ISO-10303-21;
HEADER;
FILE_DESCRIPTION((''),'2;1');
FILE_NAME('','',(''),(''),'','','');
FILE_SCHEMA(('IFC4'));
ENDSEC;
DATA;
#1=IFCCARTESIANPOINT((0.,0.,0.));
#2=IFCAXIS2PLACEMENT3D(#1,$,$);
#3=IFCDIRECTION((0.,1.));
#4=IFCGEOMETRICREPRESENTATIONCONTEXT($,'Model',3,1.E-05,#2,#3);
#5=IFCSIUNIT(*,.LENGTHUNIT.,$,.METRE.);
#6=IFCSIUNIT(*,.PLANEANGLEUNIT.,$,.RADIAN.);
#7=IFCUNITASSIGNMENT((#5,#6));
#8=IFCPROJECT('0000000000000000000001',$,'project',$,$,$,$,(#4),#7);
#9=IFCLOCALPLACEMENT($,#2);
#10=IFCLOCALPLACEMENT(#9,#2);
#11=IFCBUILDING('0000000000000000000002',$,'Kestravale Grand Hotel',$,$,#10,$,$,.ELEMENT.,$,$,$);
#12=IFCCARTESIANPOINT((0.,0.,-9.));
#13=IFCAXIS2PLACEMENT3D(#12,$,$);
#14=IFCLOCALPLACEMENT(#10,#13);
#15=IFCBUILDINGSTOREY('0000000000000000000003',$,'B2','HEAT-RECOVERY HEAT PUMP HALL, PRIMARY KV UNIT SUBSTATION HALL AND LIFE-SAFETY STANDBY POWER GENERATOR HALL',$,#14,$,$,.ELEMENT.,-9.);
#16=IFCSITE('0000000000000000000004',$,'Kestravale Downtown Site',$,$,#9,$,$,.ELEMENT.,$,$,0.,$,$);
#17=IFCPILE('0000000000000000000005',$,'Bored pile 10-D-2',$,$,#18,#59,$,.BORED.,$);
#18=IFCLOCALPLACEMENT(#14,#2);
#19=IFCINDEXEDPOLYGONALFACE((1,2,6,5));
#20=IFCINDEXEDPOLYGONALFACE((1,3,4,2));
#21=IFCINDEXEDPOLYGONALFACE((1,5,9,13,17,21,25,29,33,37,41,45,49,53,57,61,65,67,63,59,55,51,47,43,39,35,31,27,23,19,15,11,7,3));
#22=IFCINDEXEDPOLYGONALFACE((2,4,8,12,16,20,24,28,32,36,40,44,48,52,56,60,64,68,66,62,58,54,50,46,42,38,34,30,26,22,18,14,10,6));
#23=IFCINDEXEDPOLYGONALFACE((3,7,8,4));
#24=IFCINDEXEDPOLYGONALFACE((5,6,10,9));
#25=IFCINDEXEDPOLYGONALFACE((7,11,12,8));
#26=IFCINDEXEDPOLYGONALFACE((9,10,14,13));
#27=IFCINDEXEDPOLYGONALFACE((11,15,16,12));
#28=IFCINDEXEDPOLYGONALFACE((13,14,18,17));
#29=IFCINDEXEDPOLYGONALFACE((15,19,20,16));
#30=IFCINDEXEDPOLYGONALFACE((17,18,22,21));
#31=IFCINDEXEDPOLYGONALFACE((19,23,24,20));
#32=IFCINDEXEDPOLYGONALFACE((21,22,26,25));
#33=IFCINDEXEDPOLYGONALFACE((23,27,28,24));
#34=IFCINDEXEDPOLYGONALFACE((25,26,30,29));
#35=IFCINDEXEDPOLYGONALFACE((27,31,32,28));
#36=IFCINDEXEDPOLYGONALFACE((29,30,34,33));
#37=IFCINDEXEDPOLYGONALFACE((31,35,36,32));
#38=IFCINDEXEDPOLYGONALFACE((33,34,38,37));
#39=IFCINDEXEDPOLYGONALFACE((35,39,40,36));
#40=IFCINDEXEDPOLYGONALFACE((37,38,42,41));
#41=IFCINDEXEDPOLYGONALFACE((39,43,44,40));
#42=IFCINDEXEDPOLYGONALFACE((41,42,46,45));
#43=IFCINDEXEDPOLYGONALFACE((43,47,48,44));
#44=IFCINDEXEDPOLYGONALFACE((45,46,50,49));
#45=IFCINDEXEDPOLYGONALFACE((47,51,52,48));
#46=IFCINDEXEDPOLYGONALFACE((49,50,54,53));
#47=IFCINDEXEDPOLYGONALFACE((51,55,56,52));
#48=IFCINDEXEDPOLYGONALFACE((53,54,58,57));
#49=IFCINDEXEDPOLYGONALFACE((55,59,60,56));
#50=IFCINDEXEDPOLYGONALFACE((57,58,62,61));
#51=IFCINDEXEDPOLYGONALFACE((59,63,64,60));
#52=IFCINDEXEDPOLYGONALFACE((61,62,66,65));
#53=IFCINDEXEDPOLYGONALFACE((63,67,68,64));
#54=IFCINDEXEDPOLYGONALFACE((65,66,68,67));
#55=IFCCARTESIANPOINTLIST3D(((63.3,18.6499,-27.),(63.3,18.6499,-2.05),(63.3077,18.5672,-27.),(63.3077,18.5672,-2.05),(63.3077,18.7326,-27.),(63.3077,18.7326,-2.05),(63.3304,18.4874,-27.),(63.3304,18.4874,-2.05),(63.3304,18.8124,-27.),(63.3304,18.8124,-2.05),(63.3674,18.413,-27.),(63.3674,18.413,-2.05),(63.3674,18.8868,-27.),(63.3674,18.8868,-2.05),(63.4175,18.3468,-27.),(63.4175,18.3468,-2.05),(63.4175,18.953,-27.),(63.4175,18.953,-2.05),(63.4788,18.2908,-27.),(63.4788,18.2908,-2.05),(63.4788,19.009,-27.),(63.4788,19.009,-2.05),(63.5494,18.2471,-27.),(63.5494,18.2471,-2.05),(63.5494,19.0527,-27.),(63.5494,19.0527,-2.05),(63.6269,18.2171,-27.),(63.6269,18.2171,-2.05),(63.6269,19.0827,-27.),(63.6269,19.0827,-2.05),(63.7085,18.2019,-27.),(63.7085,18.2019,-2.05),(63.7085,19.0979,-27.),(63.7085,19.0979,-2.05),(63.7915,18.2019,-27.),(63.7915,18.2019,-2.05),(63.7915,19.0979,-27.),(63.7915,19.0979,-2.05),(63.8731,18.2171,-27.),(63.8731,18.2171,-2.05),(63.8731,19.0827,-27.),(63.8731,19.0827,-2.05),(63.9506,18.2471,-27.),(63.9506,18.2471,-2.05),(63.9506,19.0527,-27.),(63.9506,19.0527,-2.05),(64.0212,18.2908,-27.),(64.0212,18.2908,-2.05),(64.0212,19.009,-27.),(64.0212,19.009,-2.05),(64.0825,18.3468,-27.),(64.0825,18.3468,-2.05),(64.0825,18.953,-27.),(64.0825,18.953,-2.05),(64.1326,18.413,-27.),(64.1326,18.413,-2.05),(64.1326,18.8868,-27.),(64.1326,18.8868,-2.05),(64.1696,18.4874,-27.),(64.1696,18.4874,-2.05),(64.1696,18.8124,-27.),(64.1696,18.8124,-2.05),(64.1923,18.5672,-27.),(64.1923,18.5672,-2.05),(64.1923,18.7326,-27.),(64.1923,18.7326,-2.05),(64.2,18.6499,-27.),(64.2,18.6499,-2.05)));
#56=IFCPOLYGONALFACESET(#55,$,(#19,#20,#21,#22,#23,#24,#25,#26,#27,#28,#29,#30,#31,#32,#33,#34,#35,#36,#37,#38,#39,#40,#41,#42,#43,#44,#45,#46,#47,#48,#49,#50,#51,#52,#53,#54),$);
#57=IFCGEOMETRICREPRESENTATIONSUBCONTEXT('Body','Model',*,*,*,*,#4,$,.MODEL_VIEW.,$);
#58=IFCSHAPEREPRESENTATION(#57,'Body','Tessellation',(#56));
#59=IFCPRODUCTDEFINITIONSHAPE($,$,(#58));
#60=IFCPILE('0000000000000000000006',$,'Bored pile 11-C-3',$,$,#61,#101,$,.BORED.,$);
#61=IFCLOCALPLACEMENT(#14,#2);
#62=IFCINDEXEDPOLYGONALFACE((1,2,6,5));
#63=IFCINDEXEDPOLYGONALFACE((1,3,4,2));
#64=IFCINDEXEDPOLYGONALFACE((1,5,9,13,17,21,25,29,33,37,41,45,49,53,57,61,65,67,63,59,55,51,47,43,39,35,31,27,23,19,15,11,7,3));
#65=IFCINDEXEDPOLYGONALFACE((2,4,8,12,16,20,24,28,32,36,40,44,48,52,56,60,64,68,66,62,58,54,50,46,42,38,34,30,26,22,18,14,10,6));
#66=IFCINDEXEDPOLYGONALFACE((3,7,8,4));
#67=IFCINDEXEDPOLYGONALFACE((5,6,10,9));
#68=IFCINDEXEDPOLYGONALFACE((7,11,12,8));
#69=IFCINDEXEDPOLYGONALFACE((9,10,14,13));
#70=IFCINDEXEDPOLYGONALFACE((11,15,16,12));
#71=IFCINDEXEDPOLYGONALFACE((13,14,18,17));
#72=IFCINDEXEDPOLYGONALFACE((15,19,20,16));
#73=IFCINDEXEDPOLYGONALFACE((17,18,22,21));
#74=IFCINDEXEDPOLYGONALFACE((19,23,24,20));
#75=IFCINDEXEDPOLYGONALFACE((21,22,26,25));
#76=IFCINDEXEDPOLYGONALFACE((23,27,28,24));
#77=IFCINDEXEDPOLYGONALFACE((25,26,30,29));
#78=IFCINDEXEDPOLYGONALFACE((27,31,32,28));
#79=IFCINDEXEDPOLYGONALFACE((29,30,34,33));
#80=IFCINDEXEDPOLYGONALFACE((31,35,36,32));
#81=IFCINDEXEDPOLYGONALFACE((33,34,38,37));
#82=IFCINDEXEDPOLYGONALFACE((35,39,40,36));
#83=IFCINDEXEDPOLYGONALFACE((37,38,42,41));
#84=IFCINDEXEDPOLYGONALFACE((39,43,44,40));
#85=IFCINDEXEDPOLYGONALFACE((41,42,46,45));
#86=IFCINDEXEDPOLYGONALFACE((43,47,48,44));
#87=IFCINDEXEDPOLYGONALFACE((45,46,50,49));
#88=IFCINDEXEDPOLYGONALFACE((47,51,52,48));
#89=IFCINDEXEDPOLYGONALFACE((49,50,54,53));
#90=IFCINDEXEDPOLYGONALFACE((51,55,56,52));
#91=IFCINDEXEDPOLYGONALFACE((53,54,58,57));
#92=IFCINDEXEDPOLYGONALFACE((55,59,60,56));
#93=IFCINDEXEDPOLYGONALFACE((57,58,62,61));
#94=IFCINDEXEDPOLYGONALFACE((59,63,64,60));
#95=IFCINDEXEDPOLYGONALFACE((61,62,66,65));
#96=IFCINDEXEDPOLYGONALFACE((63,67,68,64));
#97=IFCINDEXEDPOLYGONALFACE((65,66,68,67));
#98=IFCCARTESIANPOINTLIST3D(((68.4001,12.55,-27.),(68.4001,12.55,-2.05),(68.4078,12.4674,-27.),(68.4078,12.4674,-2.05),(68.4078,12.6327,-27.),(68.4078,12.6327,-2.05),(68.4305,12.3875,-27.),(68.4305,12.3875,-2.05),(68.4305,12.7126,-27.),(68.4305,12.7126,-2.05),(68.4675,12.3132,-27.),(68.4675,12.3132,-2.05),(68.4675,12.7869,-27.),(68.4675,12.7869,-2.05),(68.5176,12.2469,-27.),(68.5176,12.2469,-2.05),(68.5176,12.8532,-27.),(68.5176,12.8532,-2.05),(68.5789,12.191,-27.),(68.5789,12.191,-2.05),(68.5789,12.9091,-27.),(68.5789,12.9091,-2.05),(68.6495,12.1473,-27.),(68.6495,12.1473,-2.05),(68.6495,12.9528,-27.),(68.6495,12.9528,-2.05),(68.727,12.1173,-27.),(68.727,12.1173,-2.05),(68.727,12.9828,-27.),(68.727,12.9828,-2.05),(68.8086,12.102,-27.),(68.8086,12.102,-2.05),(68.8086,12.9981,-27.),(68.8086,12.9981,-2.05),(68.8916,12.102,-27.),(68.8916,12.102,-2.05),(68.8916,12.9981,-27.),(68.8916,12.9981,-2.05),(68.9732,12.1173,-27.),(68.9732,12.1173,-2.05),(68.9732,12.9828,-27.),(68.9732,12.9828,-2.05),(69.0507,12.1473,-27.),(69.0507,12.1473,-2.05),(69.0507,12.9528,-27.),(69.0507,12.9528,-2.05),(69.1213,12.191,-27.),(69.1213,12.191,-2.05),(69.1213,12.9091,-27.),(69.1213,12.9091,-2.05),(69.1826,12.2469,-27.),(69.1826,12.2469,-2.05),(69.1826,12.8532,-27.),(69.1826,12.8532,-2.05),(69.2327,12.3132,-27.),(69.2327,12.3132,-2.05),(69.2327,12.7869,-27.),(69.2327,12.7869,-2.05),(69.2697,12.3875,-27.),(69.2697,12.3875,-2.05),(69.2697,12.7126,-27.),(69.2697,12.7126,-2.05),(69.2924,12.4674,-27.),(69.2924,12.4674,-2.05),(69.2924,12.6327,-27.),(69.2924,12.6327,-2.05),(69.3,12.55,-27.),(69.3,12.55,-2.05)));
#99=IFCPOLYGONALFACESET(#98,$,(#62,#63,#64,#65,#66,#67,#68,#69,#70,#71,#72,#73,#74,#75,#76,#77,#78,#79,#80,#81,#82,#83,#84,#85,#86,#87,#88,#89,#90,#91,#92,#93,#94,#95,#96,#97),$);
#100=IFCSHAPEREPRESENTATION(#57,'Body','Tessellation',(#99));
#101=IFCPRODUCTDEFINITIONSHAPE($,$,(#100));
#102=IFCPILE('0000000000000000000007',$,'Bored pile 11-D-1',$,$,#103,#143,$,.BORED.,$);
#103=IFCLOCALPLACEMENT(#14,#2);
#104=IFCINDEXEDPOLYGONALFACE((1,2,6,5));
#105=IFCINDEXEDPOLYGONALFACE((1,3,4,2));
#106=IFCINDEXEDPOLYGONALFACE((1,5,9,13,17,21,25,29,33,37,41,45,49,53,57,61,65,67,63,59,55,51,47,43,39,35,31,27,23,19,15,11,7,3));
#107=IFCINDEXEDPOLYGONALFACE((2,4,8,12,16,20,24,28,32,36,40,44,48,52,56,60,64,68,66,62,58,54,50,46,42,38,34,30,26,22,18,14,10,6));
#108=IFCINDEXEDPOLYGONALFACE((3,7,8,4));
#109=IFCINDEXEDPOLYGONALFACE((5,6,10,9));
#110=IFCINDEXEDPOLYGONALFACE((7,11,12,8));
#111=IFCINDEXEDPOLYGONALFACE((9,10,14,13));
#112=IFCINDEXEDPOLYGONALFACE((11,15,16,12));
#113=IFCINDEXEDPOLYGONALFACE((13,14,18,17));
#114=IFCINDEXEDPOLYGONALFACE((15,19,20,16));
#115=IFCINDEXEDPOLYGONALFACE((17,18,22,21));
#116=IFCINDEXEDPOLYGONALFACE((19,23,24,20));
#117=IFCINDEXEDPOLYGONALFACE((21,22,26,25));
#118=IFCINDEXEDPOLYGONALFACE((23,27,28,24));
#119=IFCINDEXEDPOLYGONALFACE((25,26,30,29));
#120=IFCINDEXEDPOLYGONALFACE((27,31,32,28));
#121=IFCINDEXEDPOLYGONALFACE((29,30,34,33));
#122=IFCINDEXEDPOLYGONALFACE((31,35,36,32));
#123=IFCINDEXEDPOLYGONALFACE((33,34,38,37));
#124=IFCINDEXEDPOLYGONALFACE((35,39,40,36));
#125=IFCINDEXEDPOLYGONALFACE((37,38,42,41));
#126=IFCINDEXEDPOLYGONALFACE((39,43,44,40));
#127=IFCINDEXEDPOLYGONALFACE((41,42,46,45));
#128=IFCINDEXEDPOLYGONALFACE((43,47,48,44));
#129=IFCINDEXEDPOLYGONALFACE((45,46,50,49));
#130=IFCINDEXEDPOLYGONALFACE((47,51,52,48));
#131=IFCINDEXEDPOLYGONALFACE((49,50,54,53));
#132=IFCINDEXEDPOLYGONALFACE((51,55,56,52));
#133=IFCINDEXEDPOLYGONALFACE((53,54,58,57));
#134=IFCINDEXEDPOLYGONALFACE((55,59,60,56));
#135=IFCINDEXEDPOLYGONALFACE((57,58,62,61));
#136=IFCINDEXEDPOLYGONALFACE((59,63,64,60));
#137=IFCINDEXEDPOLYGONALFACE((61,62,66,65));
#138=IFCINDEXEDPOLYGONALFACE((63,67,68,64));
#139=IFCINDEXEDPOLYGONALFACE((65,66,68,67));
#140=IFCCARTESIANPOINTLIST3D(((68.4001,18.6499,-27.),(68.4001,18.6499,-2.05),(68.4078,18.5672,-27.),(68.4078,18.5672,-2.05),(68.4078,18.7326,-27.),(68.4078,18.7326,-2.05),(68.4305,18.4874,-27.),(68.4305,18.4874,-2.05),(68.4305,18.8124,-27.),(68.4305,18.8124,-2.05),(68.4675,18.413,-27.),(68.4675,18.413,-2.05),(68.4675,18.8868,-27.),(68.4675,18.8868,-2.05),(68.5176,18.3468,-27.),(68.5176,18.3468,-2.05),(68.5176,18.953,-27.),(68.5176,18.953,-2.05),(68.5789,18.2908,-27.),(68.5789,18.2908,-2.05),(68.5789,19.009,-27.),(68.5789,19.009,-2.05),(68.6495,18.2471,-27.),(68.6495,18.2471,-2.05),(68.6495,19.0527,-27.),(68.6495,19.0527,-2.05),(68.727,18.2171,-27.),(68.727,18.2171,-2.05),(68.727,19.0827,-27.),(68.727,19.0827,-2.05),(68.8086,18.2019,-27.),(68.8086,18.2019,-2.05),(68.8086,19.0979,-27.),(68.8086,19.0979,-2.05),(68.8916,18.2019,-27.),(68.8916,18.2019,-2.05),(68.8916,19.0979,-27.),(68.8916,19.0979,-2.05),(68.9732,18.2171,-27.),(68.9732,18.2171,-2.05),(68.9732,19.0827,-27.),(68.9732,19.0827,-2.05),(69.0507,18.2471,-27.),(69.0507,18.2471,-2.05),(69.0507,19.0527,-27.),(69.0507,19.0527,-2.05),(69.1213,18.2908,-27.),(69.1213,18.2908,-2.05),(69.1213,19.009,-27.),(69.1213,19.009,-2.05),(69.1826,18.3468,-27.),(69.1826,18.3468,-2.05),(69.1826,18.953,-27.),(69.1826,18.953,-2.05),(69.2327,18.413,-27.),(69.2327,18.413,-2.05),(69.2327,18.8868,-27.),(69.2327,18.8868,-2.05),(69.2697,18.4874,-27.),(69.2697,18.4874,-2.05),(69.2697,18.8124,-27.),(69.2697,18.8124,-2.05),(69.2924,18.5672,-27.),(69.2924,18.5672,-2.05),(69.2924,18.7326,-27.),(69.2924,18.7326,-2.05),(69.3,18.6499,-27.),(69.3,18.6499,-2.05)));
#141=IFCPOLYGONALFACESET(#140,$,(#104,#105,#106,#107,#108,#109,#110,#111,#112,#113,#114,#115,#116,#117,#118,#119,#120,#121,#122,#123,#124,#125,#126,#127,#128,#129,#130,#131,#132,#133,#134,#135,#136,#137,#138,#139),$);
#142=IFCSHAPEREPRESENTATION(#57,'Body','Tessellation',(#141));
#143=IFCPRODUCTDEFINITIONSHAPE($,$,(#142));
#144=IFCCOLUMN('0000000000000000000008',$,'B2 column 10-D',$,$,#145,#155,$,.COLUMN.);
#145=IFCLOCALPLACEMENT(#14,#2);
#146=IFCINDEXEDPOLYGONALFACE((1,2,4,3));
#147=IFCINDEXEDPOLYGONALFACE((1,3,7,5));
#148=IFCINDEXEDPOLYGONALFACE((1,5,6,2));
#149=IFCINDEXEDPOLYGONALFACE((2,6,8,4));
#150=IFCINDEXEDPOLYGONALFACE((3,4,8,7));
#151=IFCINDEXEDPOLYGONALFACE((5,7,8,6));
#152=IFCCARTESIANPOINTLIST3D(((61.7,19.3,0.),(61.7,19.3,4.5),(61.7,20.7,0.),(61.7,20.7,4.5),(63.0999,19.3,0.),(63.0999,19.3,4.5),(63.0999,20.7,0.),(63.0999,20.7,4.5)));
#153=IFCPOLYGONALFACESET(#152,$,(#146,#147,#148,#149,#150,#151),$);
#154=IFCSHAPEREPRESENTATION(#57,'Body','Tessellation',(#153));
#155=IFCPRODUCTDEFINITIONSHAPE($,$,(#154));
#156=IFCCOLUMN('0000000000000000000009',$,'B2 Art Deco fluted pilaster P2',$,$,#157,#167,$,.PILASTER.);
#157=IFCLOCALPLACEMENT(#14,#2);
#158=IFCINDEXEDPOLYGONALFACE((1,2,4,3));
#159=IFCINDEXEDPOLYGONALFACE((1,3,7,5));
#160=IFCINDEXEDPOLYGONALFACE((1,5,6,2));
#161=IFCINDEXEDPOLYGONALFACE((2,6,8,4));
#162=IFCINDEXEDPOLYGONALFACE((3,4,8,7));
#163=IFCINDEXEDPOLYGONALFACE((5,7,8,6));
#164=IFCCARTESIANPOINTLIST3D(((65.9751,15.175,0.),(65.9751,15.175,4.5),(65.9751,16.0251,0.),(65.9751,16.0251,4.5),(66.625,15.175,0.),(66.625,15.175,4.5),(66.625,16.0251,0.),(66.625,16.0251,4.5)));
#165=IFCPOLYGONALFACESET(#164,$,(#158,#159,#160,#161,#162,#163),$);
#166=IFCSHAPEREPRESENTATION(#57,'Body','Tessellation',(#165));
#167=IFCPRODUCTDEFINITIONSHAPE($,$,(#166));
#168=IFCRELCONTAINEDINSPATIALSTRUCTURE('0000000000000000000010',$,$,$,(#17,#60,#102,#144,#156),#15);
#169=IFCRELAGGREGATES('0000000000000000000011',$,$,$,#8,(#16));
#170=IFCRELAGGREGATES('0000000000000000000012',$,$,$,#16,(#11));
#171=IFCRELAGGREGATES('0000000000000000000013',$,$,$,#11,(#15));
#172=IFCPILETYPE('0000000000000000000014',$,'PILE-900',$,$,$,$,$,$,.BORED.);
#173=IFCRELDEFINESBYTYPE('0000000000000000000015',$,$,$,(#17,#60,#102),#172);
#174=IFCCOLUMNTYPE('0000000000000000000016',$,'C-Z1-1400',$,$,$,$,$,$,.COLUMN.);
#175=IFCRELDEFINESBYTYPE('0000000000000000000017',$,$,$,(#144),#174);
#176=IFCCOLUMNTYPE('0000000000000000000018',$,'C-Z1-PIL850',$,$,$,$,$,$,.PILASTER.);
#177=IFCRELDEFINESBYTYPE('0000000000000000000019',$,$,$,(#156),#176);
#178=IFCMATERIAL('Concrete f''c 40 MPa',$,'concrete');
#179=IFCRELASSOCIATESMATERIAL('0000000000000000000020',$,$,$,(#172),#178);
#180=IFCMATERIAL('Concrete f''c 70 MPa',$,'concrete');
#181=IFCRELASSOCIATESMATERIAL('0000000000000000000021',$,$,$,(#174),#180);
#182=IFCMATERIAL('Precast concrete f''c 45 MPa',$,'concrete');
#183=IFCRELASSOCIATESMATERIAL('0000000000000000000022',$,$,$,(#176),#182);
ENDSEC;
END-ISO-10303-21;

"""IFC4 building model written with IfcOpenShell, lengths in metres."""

from ifc_helpers import new_model, si_unit, direction, frame, origin, origin_2d, place, context, subcontext, project, spatial, rectangle, circle, extrude, material, material_profile, profile_set, type_object, element, save


model = new_model("IFC4")

# Units and contexts
model_context = context("Model", 3, precision=1e-05, world=origin(), true_north=direction((0.0, 1.0)))
body_context = subcontext(model_context, "Body", "Model", "MODEL_VIEW")
ifc_project = project(units=[si_unit("LENGTHUNIT", "METRE"), si_unit("PLANEANGLEUNIT", "RADIAN")], contexts=[model_context])

# Site, building, storey
site_placement = place(None, origin())
site = spatial("IfcSite", under=ifc_project, at=site_placement, Name="Kestravale Downtown Site", CompositionType="ELEMENT", RefElevation=0.0)
building_placement = place(site_placement, origin())
building = spatial("IfcBuilding", under=site, at=building_placement, Name="Kestravale Grand Hotel", CompositionType="ELEMENT")
storey_placement = place(building_placement, frame((0.0, 0.0, -9.0)))
storey = spatial("IfcBuildingStorey", under=building, at=storey_placement, Name="B2", Description="HEAT-RECOVERY HEAT PUMP HALL, PRIMARY KV UNIT SUBSTATION HALL AND LIFE-SAFETY STANDBY POWER GENERATOR HALL", CompositionType="ELEMENT", Elevation=-9.0)

# Piles
ifc_material_1 = material(Name="Concrete f'c 40 MPa", Category="concrete")
ifc_material_profile_1 = material_profile(ifc_material_1, circle(Radius=0.45, at=origin_2d()))
ifc_profile_set_1 = profile_set([ifc_material_profile_1], Name="Concrete f'c 40 MPa")
pile_type = type_object("IfcPileType", Name="PILE-900", PredefinedType="BORED", material=ifc_profile_set_1)
for number, where, z_axis, x_axis, name in (
    (1, (63.75, 18.6499, -2.05), (0.0, 0.0, -1.0), (1.0, 0.0, 0.0), "Bored pile 10-D-2"),
    (2, (68.8501, 12.55, -2.05), (0.0, 0.0, -1.0), (1.0, 0.0, 0.0), "Bored pile 11-C-3"),
    (3, (68.8501, 18.6499, -2.05), (0.0, 0.0, -1.0), (1.0, 0.0, 0.0), "Bored pile 11-D-1"),
):
    element("IfcPile", number, at=place(storey_placement, frame(where, z_axis=z_axis, x_axis=x_axis)), inside=storey, type_object=pile_type, Name=name, PredefinedType="BORED", context=body_context, shape_type="SweptSolid", body=[
        extrude(circle(Radius=0.45, at=origin_2d()), origin(), (0.0, 0.0, 1.0), 24.95),
    ])

# Columns
ifc_material_2 = material(Name="Concrete f'c 70 MPa", Category="concrete")
ifc_material_profile_2 = material_profile(ifc_material_2, rectangle(XDim=1.3999, YDim=1.3999, at=origin_2d()))
ifc_profile_set_2 = profile_set([ifc_material_profile_2], Name="Concrete f'c 70 MPa")
column_type_1 = type_object("IfcColumnType", Name="C-Z1-1400", PredefinedType="COLUMN", material=ifc_profile_set_2)
column_1_placement = place(storey_placement, frame((62.3999, 20.0, 0.0), z_axis=(0.0, 0.0, 1.0), x_axis=(1.0, 0.0, 0.0)))
element("IfcColumn", 4, at=column_1_placement, inside=storey, type_object=column_type_1, Name="B2 column 10-D", PredefinedType="COLUMN", context=body_context, shape_type="SweptSolid", body=[
    extrude(rectangle(XDim=1.3999, YDim=1.3999, at=origin_2d()), origin(), (0.0, 0.0, 1.0), 4.5),
])
ifc_material_3 = material(Name="Precast concrete f'c 45 MPa", Category="concrete")
ifc_material_profile_3 = material_profile(ifc_material_3, rectangle(XDim=0.6499, YDim=0.8501, at=origin_2d()))
ifc_profile_set_3 = profile_set([ifc_material_profile_3], Name="Precast concrete f'c 45 MPa")
column_type_2 = type_object("IfcColumnType", Name="C-Z1-PIL850", PredefinedType="PILASTER", material=ifc_profile_set_3)
column_2_placement = place(storey_placement, frame((66.3, 15.6001, 0.0), z_axis=(0.0, 0.0, 1.0), x_axis=(1.0, 0.0, 0.0)))
element("IfcColumn", 5, at=column_2_placement, inside=storey, type_object=column_type_2, Name="B2 Art Deco fluted pilaster P2", PredefinedType="PILASTER", context=body_context, shape_type="SweptSolid", body=[
    extrude(rectangle(XDim=0.6499, YDim=0.8501, at=origin_2d()), origin(), (0.0, 0.0, 1.0), 4.5),
])

save(model, "model.ifc")
